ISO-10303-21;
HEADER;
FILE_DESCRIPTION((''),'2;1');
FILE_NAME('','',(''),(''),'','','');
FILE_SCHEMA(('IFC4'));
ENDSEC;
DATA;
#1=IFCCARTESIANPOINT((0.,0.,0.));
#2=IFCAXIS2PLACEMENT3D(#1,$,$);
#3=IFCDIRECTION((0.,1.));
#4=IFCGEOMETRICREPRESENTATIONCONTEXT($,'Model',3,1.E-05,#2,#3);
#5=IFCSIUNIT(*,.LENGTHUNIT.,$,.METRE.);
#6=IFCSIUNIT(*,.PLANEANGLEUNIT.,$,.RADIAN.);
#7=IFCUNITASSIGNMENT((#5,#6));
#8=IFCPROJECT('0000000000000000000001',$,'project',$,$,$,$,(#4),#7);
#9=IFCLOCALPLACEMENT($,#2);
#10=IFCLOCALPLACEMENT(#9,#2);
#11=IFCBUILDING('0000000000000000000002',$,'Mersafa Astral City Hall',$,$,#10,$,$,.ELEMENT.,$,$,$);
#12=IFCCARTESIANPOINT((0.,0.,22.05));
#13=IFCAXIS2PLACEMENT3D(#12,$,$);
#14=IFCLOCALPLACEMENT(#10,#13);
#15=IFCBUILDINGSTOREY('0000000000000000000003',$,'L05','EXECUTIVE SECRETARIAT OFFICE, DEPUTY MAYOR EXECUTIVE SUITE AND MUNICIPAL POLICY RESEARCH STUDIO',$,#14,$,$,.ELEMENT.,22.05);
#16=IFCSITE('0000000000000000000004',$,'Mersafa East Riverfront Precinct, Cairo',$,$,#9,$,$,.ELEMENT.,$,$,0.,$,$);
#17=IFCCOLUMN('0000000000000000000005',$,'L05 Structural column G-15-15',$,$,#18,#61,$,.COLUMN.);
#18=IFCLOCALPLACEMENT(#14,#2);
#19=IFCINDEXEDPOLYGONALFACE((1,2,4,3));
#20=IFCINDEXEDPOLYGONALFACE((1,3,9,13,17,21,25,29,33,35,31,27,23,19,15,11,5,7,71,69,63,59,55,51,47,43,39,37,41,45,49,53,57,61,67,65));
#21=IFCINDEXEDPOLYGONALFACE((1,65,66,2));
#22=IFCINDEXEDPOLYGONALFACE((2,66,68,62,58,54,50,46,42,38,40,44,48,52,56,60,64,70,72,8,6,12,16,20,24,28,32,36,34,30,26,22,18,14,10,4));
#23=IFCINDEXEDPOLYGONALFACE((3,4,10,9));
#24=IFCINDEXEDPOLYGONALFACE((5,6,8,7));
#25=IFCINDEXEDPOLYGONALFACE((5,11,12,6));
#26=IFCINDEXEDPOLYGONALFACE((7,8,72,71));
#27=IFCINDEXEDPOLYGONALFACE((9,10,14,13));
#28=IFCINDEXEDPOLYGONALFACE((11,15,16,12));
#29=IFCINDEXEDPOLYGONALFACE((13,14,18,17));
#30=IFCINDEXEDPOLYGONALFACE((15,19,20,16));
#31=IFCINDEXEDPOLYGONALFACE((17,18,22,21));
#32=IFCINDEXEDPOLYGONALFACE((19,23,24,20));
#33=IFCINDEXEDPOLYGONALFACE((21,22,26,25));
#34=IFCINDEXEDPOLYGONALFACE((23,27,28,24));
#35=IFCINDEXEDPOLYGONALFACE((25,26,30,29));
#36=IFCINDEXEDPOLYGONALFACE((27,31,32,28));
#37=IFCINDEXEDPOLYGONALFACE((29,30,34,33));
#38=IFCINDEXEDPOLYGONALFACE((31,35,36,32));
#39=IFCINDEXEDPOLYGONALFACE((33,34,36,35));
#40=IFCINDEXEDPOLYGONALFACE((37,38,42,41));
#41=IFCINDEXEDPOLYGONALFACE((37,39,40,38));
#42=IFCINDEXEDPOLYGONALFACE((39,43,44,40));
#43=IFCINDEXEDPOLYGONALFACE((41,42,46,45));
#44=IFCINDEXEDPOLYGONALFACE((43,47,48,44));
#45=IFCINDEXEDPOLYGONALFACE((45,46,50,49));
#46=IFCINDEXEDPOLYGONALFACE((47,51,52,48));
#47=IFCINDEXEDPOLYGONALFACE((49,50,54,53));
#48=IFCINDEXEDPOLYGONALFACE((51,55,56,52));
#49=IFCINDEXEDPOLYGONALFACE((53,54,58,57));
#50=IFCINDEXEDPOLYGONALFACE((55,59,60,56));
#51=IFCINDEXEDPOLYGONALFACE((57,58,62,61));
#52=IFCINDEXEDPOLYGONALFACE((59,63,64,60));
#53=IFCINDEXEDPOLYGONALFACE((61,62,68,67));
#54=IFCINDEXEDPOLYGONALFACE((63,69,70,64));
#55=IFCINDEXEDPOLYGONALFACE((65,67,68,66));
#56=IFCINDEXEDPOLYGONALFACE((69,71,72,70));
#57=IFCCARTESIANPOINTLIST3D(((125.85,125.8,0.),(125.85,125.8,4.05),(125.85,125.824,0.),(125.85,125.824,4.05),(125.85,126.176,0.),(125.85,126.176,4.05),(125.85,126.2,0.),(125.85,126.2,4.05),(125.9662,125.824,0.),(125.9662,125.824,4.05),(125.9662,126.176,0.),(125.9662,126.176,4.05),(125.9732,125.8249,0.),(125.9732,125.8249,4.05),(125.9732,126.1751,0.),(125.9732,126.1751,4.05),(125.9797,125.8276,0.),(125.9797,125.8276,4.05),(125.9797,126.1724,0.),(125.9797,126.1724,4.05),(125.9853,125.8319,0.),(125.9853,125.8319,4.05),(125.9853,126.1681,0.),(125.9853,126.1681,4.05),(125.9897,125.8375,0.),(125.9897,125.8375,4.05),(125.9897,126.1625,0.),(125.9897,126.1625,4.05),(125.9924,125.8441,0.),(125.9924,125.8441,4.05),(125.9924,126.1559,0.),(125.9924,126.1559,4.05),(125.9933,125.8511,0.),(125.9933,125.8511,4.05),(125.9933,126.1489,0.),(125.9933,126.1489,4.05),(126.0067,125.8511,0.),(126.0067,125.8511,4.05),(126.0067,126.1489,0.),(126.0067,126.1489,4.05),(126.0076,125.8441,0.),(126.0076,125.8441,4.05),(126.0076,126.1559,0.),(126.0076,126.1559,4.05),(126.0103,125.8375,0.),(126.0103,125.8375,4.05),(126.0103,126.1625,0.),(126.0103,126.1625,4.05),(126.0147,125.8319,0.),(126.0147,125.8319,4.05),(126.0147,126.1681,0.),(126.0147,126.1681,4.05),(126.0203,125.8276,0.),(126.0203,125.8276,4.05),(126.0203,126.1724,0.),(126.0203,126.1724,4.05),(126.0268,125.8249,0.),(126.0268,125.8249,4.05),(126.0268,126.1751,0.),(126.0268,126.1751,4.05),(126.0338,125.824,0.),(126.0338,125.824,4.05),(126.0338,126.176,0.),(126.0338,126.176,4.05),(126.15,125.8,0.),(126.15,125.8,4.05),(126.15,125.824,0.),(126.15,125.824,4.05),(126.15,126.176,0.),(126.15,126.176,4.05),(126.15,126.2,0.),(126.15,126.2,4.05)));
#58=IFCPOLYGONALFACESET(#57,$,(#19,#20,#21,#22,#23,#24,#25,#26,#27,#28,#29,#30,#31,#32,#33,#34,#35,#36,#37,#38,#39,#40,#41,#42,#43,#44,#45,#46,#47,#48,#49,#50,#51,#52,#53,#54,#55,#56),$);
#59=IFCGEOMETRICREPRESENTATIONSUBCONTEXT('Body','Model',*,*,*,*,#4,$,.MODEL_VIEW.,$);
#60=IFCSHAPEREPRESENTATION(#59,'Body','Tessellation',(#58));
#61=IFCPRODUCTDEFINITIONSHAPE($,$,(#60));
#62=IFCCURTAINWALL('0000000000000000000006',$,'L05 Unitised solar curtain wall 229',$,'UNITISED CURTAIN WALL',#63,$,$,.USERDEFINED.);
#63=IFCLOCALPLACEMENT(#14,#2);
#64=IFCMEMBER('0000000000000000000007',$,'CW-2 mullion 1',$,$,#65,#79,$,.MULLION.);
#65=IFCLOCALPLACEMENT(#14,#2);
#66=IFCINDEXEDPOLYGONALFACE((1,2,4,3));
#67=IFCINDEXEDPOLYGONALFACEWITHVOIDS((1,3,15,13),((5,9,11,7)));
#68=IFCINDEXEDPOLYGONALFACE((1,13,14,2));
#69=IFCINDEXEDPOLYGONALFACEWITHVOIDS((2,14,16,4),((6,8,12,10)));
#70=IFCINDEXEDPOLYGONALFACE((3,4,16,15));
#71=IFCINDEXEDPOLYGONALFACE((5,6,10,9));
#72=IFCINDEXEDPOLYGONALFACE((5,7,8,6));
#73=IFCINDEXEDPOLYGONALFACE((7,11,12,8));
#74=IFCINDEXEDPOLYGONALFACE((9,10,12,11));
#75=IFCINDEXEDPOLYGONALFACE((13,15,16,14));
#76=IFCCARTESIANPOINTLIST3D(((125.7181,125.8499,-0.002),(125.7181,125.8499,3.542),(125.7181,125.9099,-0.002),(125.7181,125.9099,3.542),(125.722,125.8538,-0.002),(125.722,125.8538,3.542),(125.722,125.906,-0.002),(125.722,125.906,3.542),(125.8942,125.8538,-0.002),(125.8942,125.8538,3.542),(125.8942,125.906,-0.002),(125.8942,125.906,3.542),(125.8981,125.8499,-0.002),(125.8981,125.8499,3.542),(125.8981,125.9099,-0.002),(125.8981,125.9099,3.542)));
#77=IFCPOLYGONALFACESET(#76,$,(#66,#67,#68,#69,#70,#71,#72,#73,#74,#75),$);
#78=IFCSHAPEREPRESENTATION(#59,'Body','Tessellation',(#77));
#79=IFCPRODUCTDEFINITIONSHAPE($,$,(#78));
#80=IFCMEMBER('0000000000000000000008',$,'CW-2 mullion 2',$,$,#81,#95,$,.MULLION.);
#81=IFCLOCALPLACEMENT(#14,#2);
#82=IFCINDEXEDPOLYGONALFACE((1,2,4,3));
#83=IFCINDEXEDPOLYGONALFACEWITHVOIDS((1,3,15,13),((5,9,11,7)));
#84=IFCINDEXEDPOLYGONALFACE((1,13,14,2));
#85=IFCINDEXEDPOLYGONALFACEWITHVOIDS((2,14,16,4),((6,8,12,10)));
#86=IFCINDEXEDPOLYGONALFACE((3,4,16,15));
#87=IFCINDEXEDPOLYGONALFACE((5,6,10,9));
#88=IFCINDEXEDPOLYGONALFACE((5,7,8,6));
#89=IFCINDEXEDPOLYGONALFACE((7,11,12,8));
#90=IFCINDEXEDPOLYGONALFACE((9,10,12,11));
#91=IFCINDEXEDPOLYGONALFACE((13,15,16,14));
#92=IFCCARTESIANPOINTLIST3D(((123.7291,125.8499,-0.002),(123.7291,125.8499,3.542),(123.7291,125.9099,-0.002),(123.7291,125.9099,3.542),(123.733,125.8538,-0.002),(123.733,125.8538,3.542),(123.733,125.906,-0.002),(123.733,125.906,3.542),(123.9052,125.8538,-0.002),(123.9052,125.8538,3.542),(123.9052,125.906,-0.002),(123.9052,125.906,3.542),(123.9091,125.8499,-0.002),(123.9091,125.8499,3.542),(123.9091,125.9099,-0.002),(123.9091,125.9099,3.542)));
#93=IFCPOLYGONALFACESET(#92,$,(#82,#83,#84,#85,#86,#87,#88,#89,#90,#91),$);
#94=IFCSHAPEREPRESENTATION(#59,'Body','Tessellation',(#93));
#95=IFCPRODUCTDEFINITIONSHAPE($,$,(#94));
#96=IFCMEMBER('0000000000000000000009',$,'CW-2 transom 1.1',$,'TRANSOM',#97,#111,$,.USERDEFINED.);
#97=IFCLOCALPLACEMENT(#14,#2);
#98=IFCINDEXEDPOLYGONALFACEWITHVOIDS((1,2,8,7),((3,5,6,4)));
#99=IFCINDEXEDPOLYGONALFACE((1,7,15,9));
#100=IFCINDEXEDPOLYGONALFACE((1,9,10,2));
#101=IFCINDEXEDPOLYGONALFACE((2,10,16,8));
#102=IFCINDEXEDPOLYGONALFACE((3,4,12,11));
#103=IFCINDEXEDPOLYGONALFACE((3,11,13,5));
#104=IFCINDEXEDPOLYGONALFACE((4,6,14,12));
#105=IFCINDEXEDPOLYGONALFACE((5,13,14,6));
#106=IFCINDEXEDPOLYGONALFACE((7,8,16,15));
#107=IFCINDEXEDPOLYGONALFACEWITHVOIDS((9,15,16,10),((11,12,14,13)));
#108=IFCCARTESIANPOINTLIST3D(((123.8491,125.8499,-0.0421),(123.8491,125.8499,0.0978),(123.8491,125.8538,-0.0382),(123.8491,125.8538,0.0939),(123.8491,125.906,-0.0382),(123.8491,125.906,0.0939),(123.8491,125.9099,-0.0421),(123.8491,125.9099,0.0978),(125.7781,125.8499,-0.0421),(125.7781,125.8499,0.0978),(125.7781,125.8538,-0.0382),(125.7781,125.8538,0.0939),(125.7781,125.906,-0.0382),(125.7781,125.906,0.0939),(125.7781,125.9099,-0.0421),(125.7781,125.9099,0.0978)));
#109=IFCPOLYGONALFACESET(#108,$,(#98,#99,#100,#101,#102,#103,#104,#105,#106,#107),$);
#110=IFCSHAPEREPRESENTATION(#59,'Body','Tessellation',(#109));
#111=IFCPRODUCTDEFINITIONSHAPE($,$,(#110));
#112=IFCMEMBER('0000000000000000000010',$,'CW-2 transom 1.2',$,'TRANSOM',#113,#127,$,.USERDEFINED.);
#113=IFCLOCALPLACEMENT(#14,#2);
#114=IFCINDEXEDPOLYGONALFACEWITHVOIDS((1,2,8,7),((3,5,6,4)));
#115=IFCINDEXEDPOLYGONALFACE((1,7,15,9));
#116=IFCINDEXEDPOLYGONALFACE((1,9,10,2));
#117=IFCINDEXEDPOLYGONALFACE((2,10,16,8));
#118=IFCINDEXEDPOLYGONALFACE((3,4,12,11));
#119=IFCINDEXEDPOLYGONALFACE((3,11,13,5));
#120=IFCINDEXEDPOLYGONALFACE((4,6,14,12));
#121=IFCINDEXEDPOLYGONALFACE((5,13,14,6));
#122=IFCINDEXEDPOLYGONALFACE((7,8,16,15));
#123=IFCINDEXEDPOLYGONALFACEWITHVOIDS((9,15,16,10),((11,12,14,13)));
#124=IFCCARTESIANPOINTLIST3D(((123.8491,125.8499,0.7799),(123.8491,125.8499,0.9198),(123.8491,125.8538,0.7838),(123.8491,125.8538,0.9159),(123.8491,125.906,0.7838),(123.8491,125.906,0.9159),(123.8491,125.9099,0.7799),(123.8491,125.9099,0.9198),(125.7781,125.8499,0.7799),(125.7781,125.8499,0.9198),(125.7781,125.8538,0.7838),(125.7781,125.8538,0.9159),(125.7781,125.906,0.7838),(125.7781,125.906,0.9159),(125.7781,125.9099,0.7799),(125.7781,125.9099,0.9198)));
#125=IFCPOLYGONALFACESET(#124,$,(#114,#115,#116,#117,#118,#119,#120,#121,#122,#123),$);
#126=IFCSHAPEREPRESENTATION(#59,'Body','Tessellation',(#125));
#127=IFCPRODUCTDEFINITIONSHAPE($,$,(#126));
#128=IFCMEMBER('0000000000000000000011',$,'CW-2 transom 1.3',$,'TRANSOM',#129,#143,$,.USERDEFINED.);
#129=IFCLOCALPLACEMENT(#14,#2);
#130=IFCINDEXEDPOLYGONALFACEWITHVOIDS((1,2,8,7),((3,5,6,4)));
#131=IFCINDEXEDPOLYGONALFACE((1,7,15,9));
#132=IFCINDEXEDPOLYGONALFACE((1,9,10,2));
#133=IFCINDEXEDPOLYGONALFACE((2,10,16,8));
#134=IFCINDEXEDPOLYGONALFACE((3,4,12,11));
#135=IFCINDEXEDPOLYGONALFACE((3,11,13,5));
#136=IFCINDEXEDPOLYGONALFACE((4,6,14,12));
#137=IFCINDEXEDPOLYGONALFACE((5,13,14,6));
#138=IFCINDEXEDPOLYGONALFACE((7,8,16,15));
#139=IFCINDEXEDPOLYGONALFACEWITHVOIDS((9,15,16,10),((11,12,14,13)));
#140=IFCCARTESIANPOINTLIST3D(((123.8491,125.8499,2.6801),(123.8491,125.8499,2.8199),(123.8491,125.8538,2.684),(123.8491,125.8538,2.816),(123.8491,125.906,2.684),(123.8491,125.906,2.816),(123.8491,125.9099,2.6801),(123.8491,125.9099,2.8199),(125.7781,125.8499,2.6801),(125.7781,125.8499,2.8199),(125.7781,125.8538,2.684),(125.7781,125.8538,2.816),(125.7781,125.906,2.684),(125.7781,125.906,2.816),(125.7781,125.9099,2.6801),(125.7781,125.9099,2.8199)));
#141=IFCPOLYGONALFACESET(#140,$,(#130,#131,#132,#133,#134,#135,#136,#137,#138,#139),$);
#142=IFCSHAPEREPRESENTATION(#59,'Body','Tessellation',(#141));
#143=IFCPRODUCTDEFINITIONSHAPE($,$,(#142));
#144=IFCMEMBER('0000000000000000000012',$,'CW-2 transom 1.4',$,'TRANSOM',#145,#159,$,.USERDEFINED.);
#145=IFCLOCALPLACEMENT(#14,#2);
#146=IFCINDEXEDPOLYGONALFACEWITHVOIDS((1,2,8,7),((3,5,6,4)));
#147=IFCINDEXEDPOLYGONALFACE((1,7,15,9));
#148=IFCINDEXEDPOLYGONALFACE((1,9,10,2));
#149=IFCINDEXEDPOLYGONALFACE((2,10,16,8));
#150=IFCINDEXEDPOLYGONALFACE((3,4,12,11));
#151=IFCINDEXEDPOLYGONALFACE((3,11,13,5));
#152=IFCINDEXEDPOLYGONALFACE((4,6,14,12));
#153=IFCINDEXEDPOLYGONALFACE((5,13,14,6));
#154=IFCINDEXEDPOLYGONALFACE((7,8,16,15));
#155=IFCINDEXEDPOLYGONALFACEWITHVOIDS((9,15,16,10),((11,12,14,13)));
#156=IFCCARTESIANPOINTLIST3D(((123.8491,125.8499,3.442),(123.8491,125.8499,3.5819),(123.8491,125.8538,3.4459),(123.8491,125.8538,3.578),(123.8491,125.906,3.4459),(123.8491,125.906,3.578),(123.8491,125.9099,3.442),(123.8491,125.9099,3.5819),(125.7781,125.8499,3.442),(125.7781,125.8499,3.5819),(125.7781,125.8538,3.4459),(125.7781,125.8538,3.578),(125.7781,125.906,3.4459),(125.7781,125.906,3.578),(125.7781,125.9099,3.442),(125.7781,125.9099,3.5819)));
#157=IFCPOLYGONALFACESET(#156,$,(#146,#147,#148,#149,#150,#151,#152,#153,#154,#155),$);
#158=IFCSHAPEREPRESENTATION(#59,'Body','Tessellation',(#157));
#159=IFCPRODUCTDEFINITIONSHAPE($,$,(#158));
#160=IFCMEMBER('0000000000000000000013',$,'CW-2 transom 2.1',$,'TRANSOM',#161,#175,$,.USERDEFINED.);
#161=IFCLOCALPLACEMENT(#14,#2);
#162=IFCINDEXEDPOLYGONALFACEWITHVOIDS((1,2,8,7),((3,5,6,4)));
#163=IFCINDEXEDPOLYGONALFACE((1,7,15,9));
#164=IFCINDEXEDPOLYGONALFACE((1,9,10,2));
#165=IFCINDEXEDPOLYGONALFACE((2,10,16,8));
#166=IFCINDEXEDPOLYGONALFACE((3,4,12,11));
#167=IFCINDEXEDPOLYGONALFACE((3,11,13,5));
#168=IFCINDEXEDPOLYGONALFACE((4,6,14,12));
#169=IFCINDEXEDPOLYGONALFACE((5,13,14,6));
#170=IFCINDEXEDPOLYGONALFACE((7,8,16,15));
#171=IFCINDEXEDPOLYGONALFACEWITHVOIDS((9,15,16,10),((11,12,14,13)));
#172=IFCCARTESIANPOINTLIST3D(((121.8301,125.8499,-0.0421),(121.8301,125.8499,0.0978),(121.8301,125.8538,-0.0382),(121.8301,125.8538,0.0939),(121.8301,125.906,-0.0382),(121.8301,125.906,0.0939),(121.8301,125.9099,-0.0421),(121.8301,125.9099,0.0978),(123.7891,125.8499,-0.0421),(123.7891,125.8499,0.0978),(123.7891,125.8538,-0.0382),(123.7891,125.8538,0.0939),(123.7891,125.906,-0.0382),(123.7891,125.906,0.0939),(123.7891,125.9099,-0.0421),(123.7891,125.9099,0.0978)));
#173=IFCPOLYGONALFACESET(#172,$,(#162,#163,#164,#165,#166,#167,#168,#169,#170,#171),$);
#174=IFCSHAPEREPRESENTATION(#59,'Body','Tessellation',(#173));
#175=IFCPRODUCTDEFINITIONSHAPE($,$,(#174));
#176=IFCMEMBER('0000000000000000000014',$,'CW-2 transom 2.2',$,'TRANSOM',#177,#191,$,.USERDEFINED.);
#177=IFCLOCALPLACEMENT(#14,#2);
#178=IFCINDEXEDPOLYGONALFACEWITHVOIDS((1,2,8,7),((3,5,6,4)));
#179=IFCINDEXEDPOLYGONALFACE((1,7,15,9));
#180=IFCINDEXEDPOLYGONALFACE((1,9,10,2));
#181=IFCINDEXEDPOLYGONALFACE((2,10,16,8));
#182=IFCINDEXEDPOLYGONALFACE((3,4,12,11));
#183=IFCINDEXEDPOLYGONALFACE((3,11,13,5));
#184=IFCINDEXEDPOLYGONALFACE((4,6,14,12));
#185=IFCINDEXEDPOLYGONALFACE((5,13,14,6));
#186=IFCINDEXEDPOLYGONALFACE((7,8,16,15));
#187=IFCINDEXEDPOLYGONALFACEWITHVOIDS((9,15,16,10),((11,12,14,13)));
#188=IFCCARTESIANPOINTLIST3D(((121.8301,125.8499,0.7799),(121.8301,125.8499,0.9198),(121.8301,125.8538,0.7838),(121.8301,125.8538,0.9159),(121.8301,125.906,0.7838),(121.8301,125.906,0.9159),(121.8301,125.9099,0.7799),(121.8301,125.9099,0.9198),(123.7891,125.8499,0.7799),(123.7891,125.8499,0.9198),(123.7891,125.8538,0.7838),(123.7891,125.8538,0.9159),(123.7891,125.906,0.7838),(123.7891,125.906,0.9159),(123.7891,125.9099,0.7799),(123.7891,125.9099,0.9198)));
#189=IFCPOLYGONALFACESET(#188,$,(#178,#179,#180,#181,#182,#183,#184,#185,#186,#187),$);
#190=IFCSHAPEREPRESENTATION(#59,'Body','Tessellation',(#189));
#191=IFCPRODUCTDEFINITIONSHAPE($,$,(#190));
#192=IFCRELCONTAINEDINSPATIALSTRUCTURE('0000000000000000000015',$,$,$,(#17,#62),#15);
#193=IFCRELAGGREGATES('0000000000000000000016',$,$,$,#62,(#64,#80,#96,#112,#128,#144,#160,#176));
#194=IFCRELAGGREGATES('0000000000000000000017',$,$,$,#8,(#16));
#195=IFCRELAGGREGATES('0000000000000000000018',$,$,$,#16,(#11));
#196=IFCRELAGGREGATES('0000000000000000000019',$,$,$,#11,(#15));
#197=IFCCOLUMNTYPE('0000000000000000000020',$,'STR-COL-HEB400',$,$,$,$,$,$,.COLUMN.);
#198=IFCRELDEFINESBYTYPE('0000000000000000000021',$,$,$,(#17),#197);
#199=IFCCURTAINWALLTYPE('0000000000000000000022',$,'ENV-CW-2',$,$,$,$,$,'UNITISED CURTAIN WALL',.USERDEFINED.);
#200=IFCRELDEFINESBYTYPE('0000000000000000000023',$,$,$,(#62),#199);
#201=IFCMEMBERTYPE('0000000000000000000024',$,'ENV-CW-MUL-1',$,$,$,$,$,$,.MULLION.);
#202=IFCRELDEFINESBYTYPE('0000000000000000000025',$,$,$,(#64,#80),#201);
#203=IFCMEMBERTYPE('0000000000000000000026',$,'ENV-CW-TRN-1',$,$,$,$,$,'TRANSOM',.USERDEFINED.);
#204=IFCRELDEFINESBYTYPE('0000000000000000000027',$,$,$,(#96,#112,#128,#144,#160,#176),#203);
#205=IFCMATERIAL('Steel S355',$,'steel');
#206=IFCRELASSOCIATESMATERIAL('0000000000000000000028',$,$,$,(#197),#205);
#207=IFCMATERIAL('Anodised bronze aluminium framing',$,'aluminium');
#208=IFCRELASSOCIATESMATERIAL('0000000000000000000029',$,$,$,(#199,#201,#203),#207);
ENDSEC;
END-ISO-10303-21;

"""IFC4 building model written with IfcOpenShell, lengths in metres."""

from ifc_helpers import new_model, si_unit, direction, frame, origin, origin_2d, place, context, subcontext, project, spatial, hollow_rectangle, i_section, extrude, material, material_profile, profile_set, type_object, element, aggregate, save


model = new_model("IFC4")

# Units and contexts
model_context = context("Model", 3, precision=1e-05, world=origin(), true_north=direction((0.0, 1.0)))
body_context = subcontext(model_context, "Body", "Model", "MODEL_VIEW")
ifc_project = project(units=[si_unit("LENGTHUNIT", "METRE"), si_unit("PLANEANGLEUNIT", "RADIAN")], contexts=[model_context])

# Site, building, storey
site_placement = place(None, origin())
site = spatial("IfcSite", under=ifc_project, at=site_placement, Name="Mersafa East Riverfront Precinct, Cairo", CompositionType="ELEMENT", RefElevation=0.0)
building_placement = place(site_placement, origin())
building = spatial("IfcBuilding", under=site, at=building_placement, Name="Mersafa Astral City Hall", CompositionType="ELEMENT")
storey_placement = place(building_placement, frame((0.0, 0.0, 22.05)))
storey = spatial("IfcBuildingStorey", under=building, at=storey_placement, Name="L05", Description="EXECUTIVE SECRETARIAT OFFICE, DEPUTY MAYOR EXECUTIVE SUITE AND MUNICIPAL POLICY RESEARCH STUDIO", CompositionType="ELEMENT", Elevation=22.05)

# Column
ifc_material_1 = material(Name="Steel S355", Category="steel")
ifc_material_profile_1 = material_profile(ifc_material_1, i_section(OverallWidth=0.3, OverallDepth=0.3999, WebThickness=0.0134, FlangeThickness=0.0239, FilletRadius=0.0271, at=origin_2d()), Name="HEB 400")
ifc_profile_set_1 = profile_set([ifc_material_profile_1], Name="Steel S355")
column_type = type_object("IfcColumnType", Name="STR-COL-HEB400", PredefinedType="COLUMN", material=ifc_profile_set_1)
column_placement = place(storey_placement, frame((126.0, 126.0, 0.0), z_axis=(0.0, 0.0, 1.0), x_axis=(1.0, 0.0, 0.0)))
element("IfcColumn", 1, at=column_placement, inside=storey, type_object=column_type, Name="L05 Structural column G-15-15", PredefinedType="COLUMN", context=body_context, shape_type="SweptSolid", body=[
    extrude(i_section(OverallWidth=0.3, OverallDepth=0.3999, WebThickness=0.0134, FlangeThickness=0.0239, FilletRadius=0.0271, at=origin_2d()), origin(), (0.0, 0.0, 1.0), 4.05),
])

# Curtain wall, members
ifc_material_2 = material(Name="Anodised bronze aluminium framing", Category="aluminium")
curtain_wall_type = type_object("IfcCurtainWallType", Name="ENV-CW-2", ElementType="UNITISED CURTAIN WALL", PredefinedType="USERDEFINED", material=ifc_material_2)
curtain_wall_placement = place(storey_placement, origin())
curtain_wall = element("IfcCurtainWall", 2, at=curtain_wall_placement, inside=storey, type_object=curtain_wall_type, Name="L05 Unitised solar curtain wall 229", ObjectType="UNITISED CURTAIN WALL", PredefinedType="USERDEFINED")
ifc_material_profile_2 = material_profile(ifc_material_2, hollow_rectangle(XDim=0.0601, YDim=0.1799, WallThickness=0.0039, at=origin_2d()), Name="RHS 60x180x4")
ifc_profile_set_2 = profile_set([ifc_material_profile_2], Name="Anodised bronze aluminium framing")
member_type_1 = type_object("IfcMemberType", Name="ENV-CW-MUL-1", PredefinedType="MULLION", material=ifc_profile_set_2)
member_1_placement = place(storey_placement, frame((125.8081, 125.8799, -0.002), z_axis=(0.0, 0.0, 1.0), x_axis=(0.0, -1.0, 0.0)))
member_1 = element("IfcMember", 3, at=member_1_placement, type_object=member_type_1, Name="CW-2 mullion 1", PredefinedType="MULLION", context=body_context, shape_type="SweptSolid", body=[
    extrude(hollow_rectangle(XDim=0.0601, YDim=0.1799, WallThickness=0.0039, at=origin_2d()), origin(), (0.0, 0.0, 1.0), 3.5439),
])
member_2_placement = place(storey_placement, frame((123.8191, 125.8799, -0.002), z_axis=(0.0, 0.0, 1.0), x_axis=(0.0, -1.0, 0.0)))
member_2 = element("IfcMember", 4, at=member_2_placement, type_object=member_type_1, Name="CW-2 mullion 2", PredefinedType="MULLION", context=body_context, shape_type="SweptSolid", body=[
    extrude(hollow_rectangle(XDim=0.0601, YDim=0.1799, WallThickness=0.0039, at=origin_2d()), origin(), (0.0, 0.0, 1.0), 3.5439),
])
ifc_material_profile_3 = material_profile(ifc_material_2, hollow_rectangle(XDim=0.0601, YDim=0.1399, WallThickness=0.0039, at=origin_2d()), Name="RHS 60x140x4")
ifc_profile_set_3 = profile_set([ifc_material_profile_3], Name="Anodised bronze aluminium framing")
member_type_2 = type_object("IfcMemberType", Name="ENV-CW-TRN-1", ElementType="TRANSOM", PredefinedType="USERDEFINED", material=ifc_profile_set_3)
member_3_placement = place(storey_placement, frame((125.7781, 125.8799, 0.0278), z_axis=(-1.0, 0.0, 0.0), x_axis=(0.0, -1.0, 0.0)))
member_3 = element("IfcMember", 5, at=member_3_placement, type_object=member_type_2, Name="CW-2 transom 1.1", ObjectType="TRANSOM", PredefinedType="USERDEFINED", context=body_context, shape_type="SweptSolid", body=[
    extrude(hollow_rectangle(XDim=0.0601, YDim=0.1399, WallThickness=0.0039, at=origin_2d()), origin(), (0.0, 0.0, 1.0), 1.929),
])
member_4_placement = place(storey_placement, frame((125.7781, 125.8799, 0.8499), z_axis=(-1.0, 0.0, 0.0), x_axis=(0.0, -1.0, 0.0)))
member_4 = element("IfcMember", 6, at=member_4_placement, type_object=member_type_2, Name="CW-2 transom 1.2", ObjectType="TRANSOM", PredefinedType="USERDEFINED", context=body_context, shape_type="SweptSolid", body=[
    extrude(hollow_rectangle(XDim=0.0601, YDim=0.1399, WallThickness=0.0039, at=origin_2d()), origin(), (0.0, 0.0, 1.0), 1.929),
])
member_5_placement = place(storey_placement, frame((125.7781, 125.8799, 2.75), z_axis=(-1.0, 0.0, 0.0), x_axis=(0.0, -1.0, 0.0)))
member_5 = element("IfcMember", 7, at=member_5_placement, type_object=member_type_2, Name="CW-2 transom 1.3", ObjectType="TRANSOM", PredefinedType="USERDEFINED", context=body_context, shape_type="SweptSolid", body=[
    extrude(hollow_rectangle(XDim=0.0601, YDim=0.1399, WallThickness=0.0039, at=origin_2d()), origin(), (0.0, 0.0, 1.0), 1.929),
])
member_6_placement = place(storey_placement, frame((125.7781, 125.8799, 3.512), z_axis=(-1.0, 0.0, 0.0), x_axis=(0.0, -1.0, 0.0)))
member_6 = element("IfcMember", 8, at=member_6_placement, type_object=member_type_2, Name="CW-2 transom 1.4", ObjectType="TRANSOM", PredefinedType="USERDEFINED", context=body_context, shape_type="SweptSolid", body=[
    extrude(hollow_rectangle(XDim=0.0601, YDim=0.1399, WallThickness=0.0039, at=origin_2d()), origin(), (0.0, 0.0, 1.0), 1.929),
])
member_7_placement = place(storey_placement, frame((123.7891, 125.8799, 0.0278), z_axis=(-1.0, 0.0, 0.0), x_axis=(0.0, -1.0, 0.0)))
member_7 = element("IfcMember", 9, at=member_7_placement, type_object=member_type_2, Name="CW-2 transom 2.1", ObjectType="TRANSOM", PredefinedType="USERDEFINED", context=body_context, shape_type="SweptSolid", body=[
    extrude(hollow_rectangle(XDim=0.0601, YDim=0.1399, WallThickness=0.0039, at=origin_2d()), origin(), (0.0, 0.0, 1.0), 1.959),
])
member_8_placement = place(storey_placement, frame((123.7891, 125.8799, 0.8499), z_axis=(-1.0, 0.0, 0.0), x_axis=(0.0, -1.0, 0.0)))
member_8 = element("IfcMember", 10, at=member_8_placement, type_object=member_type_2, Name="CW-2 transom 2.2", ObjectType="TRANSOM", PredefinedType="USERDEFINED", context=body_context, shape_type="SweptSolid", body=[
    extrude(hollow_rectangle(XDim=0.0601, YDim=0.1399, WallThickness=0.0039, at=origin_2d()), origin(), (0.0, 0.0, 1.0), 1.959),
])

aggregate(curtain_wall, [member_1, member_2, member_3, member_4, member_5, member_6, member_7, member_8])

save(model, "model.ifc")
